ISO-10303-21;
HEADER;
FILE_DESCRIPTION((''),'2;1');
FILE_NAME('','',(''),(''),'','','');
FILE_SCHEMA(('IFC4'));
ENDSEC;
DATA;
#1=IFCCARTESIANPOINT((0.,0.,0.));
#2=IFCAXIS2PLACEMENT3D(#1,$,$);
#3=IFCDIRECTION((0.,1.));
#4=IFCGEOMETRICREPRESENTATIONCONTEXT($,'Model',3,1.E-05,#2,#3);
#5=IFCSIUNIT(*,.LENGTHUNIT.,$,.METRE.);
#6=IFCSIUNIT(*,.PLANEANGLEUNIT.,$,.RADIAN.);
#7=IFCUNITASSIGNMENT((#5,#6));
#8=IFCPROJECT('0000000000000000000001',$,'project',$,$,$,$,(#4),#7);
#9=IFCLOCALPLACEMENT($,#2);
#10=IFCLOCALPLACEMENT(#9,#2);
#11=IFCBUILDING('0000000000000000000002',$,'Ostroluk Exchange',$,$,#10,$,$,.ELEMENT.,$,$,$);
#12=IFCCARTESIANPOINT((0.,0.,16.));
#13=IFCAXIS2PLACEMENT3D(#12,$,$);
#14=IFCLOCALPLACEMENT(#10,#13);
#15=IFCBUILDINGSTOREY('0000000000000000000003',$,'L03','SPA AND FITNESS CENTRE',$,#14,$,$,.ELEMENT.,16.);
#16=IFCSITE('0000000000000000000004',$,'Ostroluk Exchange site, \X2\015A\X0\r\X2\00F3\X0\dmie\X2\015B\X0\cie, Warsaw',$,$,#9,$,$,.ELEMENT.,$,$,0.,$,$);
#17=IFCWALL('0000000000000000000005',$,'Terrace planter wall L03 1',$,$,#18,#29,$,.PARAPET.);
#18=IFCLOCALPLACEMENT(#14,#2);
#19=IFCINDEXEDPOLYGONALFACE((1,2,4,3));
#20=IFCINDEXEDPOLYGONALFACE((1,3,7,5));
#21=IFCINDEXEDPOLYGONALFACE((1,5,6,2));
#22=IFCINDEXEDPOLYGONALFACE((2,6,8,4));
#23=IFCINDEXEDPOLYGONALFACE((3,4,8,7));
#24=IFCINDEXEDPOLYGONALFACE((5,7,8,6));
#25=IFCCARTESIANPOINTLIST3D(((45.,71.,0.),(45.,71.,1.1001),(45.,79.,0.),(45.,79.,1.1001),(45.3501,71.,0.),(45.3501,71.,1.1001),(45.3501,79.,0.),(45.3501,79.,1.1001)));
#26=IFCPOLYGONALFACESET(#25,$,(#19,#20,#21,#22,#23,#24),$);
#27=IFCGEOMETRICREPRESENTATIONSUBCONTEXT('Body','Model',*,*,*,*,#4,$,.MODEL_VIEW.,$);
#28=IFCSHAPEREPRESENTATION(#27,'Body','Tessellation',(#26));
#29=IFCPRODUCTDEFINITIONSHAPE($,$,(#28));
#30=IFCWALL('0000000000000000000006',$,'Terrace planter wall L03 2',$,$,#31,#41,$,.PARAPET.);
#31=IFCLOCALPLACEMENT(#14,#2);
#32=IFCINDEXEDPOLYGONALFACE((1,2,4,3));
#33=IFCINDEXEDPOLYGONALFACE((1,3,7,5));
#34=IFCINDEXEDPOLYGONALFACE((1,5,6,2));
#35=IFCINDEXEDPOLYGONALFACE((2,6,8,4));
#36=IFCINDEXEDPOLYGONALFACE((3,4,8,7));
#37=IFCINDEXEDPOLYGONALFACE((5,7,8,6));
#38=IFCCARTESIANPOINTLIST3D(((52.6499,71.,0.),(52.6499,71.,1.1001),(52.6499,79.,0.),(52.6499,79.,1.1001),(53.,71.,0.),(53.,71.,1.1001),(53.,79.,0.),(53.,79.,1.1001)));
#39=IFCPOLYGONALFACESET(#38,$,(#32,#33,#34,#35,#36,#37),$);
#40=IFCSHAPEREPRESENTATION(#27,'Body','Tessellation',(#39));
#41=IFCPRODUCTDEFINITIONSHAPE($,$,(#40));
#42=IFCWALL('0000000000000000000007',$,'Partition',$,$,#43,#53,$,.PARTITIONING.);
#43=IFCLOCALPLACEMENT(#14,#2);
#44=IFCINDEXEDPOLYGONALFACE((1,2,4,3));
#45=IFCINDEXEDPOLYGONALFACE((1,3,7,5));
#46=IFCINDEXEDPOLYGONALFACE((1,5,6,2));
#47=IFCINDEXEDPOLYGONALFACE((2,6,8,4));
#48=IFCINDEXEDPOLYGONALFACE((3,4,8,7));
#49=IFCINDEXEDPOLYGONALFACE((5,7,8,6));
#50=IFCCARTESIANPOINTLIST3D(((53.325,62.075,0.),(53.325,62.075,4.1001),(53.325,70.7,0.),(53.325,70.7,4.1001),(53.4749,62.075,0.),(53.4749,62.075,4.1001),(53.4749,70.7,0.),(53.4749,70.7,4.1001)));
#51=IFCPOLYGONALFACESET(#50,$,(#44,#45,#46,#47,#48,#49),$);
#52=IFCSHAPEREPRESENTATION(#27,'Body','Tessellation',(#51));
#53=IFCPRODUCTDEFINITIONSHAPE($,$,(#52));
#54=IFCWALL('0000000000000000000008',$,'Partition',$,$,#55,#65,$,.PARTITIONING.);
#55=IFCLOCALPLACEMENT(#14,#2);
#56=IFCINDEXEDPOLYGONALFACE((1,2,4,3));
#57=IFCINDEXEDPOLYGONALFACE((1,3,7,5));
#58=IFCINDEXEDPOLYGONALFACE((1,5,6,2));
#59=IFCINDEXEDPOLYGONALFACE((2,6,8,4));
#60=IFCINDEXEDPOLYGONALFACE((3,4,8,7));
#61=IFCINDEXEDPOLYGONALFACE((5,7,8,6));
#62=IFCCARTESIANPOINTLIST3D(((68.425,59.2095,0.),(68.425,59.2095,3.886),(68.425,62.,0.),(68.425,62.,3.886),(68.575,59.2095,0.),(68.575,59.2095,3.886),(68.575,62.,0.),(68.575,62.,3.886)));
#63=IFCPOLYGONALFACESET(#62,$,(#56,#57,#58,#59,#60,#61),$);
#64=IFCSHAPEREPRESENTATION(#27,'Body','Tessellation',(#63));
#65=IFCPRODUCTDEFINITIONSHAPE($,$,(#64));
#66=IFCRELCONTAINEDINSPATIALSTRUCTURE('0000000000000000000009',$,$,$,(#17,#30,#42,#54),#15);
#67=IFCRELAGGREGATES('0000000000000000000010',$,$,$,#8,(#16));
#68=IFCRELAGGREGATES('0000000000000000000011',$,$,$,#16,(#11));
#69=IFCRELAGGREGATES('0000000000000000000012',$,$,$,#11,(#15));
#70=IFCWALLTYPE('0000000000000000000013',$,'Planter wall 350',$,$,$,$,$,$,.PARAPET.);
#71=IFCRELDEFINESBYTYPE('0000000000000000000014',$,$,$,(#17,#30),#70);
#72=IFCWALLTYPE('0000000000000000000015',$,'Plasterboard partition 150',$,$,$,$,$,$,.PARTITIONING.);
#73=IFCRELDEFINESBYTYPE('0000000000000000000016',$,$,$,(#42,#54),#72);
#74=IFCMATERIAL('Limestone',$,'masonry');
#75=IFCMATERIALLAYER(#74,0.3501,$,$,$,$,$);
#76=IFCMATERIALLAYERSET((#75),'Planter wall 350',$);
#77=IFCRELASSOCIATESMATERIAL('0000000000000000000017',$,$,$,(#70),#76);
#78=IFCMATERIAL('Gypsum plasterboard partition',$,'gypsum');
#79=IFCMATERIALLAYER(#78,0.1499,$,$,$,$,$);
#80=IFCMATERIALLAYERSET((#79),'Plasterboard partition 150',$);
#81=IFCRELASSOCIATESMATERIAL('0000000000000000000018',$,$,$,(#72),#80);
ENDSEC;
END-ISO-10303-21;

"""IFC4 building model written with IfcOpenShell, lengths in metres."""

from ifc_helpers import new_model, si_unit, direction, frame, frame_2d, origin, place, context, subcontext, project, spatial, rectangle, extrude, material, layer, layer_set, type_object, element, save


model = new_model("IFC4")

# Units and contexts
model_context = context("Model", 3, precision=1e-05, world=origin(), true_north=direction((0.0, 1.0)))
body_context = subcontext(model_context, "Body", "Model", "MODEL_VIEW")
ifc_project = project(units=[si_unit("LENGTHUNIT", "METRE"), si_unit("PLANEANGLEUNIT", "RADIAN")], contexts=[model_context])

# Site, building, storey
site_placement = place(None, origin())
site = spatial("IfcSite", under=ifc_project, at=site_placement, Name="Ostroluk Exchange site, Śródmieście, Warsaw", CompositionType="ELEMENT", RefElevation=0.0)
building_placement = place(site_placement, origin())
building = spatial("IfcBuilding", under=site, at=building_placement, Name="Ostroluk Exchange", CompositionType="ELEMENT")
storey_placement = place(building_placement, frame((0.0, 0.0, 16.0)))
storey = spatial("IfcBuildingStorey", under=building, at=storey_placement, Name="L03", Description="SPA AND FITNESS CENTRE", CompositionType="ELEMENT", Elevation=16.0)

# Walls
ifc_material_1 = material(Name="Limestone", Category="masonry")
ifc_layer_1 = layer(ifc_material_1, 0.3501)
ifc_layer_set_1 = layer_set([ifc_layer_1], Name="Planter wall 350")
wall_type_1 = type_object("IfcWallType", Name="Planter wall 350", PredefinedType="PARAPET", material=ifc_layer_set_1)
for number, where, z_axis, x_axis, name in (
    (1, (45.175, 71.0, 0.0), (0.0, 0.0, 1.0), (0.0, 1.0, 0.0), "Terrace planter wall L03 1"),
    (2, (52.825, 71.0, 0.0), (0.0, 0.0, 1.0), (0.0, 1.0, 0.0), "Terrace planter wall L03 2"),
):
    element("IfcWall", number, at=place(storey_placement, frame(where, z_axis=z_axis, x_axis=x_axis)), inside=storey, type_object=wall_type_1, Name=name, PredefinedType="PARAPET", context=body_context, shape_type="SweptSolid", body=[
        extrude(rectangle(XDim=8.0, YDim=0.3501, at=frame_2d((4.0, 0.0))), origin(), (0.0, 0.0, 1.0), 1.1001),
    ])
ifc_material_2 = material(Name="Gypsum plasterboard partition", Category="gypsum")
ifc_layer_2 = layer(ifc_material_2, 0.1499)
ifc_layer_set_2 = layer_set([ifc_layer_2], Name="Plasterboard partition 150")
wall_type_2 = type_object("IfcWallType", Name="Plasterboard partition 150", PredefinedType="PARTITIONING", material=ifc_layer_set_2)
wall_1_placement = place(storey_placement, frame((53.3999, 62.075, 0.0), z_axis=(0.0, 0.0, 1.0), x_axis=(0.0, 1.0, 0.0)))
element("IfcWall", 3, at=wall_1_placement, inside=storey, type_object=wall_type_2, Name="Partition", PredefinedType="PARTITIONING", context=body_context, shape_type="SweptSolid", body=[
    extrude(rectangle(XDim=8.625, YDim=0.1499, at=frame_2d((4.3125, 0.0))), origin(), (0.0, 0.0, 1.0), 4.1001),
])
wall_2_placement = place(storey_placement, frame((68.5, 59.2095, 0.0), z_axis=(0.0, 0.0, 1.0), x_axis=(0.0, 1.0, 0.0)))
element("IfcWall", 4, at=wall_2_placement, inside=storey, type_object=wall_type_2, Name="Partition", PredefinedType="PARTITIONING", context=body_context, shape_type="SweptSolid", body=[
    extrude(rectangle(XDim=2.7905, YDim=0.1499, at=frame_2d((1.3953, 0.0))), origin(), (0.0, 0.0, 1.0), 3.886),
])

save(model, "model.ifc")
